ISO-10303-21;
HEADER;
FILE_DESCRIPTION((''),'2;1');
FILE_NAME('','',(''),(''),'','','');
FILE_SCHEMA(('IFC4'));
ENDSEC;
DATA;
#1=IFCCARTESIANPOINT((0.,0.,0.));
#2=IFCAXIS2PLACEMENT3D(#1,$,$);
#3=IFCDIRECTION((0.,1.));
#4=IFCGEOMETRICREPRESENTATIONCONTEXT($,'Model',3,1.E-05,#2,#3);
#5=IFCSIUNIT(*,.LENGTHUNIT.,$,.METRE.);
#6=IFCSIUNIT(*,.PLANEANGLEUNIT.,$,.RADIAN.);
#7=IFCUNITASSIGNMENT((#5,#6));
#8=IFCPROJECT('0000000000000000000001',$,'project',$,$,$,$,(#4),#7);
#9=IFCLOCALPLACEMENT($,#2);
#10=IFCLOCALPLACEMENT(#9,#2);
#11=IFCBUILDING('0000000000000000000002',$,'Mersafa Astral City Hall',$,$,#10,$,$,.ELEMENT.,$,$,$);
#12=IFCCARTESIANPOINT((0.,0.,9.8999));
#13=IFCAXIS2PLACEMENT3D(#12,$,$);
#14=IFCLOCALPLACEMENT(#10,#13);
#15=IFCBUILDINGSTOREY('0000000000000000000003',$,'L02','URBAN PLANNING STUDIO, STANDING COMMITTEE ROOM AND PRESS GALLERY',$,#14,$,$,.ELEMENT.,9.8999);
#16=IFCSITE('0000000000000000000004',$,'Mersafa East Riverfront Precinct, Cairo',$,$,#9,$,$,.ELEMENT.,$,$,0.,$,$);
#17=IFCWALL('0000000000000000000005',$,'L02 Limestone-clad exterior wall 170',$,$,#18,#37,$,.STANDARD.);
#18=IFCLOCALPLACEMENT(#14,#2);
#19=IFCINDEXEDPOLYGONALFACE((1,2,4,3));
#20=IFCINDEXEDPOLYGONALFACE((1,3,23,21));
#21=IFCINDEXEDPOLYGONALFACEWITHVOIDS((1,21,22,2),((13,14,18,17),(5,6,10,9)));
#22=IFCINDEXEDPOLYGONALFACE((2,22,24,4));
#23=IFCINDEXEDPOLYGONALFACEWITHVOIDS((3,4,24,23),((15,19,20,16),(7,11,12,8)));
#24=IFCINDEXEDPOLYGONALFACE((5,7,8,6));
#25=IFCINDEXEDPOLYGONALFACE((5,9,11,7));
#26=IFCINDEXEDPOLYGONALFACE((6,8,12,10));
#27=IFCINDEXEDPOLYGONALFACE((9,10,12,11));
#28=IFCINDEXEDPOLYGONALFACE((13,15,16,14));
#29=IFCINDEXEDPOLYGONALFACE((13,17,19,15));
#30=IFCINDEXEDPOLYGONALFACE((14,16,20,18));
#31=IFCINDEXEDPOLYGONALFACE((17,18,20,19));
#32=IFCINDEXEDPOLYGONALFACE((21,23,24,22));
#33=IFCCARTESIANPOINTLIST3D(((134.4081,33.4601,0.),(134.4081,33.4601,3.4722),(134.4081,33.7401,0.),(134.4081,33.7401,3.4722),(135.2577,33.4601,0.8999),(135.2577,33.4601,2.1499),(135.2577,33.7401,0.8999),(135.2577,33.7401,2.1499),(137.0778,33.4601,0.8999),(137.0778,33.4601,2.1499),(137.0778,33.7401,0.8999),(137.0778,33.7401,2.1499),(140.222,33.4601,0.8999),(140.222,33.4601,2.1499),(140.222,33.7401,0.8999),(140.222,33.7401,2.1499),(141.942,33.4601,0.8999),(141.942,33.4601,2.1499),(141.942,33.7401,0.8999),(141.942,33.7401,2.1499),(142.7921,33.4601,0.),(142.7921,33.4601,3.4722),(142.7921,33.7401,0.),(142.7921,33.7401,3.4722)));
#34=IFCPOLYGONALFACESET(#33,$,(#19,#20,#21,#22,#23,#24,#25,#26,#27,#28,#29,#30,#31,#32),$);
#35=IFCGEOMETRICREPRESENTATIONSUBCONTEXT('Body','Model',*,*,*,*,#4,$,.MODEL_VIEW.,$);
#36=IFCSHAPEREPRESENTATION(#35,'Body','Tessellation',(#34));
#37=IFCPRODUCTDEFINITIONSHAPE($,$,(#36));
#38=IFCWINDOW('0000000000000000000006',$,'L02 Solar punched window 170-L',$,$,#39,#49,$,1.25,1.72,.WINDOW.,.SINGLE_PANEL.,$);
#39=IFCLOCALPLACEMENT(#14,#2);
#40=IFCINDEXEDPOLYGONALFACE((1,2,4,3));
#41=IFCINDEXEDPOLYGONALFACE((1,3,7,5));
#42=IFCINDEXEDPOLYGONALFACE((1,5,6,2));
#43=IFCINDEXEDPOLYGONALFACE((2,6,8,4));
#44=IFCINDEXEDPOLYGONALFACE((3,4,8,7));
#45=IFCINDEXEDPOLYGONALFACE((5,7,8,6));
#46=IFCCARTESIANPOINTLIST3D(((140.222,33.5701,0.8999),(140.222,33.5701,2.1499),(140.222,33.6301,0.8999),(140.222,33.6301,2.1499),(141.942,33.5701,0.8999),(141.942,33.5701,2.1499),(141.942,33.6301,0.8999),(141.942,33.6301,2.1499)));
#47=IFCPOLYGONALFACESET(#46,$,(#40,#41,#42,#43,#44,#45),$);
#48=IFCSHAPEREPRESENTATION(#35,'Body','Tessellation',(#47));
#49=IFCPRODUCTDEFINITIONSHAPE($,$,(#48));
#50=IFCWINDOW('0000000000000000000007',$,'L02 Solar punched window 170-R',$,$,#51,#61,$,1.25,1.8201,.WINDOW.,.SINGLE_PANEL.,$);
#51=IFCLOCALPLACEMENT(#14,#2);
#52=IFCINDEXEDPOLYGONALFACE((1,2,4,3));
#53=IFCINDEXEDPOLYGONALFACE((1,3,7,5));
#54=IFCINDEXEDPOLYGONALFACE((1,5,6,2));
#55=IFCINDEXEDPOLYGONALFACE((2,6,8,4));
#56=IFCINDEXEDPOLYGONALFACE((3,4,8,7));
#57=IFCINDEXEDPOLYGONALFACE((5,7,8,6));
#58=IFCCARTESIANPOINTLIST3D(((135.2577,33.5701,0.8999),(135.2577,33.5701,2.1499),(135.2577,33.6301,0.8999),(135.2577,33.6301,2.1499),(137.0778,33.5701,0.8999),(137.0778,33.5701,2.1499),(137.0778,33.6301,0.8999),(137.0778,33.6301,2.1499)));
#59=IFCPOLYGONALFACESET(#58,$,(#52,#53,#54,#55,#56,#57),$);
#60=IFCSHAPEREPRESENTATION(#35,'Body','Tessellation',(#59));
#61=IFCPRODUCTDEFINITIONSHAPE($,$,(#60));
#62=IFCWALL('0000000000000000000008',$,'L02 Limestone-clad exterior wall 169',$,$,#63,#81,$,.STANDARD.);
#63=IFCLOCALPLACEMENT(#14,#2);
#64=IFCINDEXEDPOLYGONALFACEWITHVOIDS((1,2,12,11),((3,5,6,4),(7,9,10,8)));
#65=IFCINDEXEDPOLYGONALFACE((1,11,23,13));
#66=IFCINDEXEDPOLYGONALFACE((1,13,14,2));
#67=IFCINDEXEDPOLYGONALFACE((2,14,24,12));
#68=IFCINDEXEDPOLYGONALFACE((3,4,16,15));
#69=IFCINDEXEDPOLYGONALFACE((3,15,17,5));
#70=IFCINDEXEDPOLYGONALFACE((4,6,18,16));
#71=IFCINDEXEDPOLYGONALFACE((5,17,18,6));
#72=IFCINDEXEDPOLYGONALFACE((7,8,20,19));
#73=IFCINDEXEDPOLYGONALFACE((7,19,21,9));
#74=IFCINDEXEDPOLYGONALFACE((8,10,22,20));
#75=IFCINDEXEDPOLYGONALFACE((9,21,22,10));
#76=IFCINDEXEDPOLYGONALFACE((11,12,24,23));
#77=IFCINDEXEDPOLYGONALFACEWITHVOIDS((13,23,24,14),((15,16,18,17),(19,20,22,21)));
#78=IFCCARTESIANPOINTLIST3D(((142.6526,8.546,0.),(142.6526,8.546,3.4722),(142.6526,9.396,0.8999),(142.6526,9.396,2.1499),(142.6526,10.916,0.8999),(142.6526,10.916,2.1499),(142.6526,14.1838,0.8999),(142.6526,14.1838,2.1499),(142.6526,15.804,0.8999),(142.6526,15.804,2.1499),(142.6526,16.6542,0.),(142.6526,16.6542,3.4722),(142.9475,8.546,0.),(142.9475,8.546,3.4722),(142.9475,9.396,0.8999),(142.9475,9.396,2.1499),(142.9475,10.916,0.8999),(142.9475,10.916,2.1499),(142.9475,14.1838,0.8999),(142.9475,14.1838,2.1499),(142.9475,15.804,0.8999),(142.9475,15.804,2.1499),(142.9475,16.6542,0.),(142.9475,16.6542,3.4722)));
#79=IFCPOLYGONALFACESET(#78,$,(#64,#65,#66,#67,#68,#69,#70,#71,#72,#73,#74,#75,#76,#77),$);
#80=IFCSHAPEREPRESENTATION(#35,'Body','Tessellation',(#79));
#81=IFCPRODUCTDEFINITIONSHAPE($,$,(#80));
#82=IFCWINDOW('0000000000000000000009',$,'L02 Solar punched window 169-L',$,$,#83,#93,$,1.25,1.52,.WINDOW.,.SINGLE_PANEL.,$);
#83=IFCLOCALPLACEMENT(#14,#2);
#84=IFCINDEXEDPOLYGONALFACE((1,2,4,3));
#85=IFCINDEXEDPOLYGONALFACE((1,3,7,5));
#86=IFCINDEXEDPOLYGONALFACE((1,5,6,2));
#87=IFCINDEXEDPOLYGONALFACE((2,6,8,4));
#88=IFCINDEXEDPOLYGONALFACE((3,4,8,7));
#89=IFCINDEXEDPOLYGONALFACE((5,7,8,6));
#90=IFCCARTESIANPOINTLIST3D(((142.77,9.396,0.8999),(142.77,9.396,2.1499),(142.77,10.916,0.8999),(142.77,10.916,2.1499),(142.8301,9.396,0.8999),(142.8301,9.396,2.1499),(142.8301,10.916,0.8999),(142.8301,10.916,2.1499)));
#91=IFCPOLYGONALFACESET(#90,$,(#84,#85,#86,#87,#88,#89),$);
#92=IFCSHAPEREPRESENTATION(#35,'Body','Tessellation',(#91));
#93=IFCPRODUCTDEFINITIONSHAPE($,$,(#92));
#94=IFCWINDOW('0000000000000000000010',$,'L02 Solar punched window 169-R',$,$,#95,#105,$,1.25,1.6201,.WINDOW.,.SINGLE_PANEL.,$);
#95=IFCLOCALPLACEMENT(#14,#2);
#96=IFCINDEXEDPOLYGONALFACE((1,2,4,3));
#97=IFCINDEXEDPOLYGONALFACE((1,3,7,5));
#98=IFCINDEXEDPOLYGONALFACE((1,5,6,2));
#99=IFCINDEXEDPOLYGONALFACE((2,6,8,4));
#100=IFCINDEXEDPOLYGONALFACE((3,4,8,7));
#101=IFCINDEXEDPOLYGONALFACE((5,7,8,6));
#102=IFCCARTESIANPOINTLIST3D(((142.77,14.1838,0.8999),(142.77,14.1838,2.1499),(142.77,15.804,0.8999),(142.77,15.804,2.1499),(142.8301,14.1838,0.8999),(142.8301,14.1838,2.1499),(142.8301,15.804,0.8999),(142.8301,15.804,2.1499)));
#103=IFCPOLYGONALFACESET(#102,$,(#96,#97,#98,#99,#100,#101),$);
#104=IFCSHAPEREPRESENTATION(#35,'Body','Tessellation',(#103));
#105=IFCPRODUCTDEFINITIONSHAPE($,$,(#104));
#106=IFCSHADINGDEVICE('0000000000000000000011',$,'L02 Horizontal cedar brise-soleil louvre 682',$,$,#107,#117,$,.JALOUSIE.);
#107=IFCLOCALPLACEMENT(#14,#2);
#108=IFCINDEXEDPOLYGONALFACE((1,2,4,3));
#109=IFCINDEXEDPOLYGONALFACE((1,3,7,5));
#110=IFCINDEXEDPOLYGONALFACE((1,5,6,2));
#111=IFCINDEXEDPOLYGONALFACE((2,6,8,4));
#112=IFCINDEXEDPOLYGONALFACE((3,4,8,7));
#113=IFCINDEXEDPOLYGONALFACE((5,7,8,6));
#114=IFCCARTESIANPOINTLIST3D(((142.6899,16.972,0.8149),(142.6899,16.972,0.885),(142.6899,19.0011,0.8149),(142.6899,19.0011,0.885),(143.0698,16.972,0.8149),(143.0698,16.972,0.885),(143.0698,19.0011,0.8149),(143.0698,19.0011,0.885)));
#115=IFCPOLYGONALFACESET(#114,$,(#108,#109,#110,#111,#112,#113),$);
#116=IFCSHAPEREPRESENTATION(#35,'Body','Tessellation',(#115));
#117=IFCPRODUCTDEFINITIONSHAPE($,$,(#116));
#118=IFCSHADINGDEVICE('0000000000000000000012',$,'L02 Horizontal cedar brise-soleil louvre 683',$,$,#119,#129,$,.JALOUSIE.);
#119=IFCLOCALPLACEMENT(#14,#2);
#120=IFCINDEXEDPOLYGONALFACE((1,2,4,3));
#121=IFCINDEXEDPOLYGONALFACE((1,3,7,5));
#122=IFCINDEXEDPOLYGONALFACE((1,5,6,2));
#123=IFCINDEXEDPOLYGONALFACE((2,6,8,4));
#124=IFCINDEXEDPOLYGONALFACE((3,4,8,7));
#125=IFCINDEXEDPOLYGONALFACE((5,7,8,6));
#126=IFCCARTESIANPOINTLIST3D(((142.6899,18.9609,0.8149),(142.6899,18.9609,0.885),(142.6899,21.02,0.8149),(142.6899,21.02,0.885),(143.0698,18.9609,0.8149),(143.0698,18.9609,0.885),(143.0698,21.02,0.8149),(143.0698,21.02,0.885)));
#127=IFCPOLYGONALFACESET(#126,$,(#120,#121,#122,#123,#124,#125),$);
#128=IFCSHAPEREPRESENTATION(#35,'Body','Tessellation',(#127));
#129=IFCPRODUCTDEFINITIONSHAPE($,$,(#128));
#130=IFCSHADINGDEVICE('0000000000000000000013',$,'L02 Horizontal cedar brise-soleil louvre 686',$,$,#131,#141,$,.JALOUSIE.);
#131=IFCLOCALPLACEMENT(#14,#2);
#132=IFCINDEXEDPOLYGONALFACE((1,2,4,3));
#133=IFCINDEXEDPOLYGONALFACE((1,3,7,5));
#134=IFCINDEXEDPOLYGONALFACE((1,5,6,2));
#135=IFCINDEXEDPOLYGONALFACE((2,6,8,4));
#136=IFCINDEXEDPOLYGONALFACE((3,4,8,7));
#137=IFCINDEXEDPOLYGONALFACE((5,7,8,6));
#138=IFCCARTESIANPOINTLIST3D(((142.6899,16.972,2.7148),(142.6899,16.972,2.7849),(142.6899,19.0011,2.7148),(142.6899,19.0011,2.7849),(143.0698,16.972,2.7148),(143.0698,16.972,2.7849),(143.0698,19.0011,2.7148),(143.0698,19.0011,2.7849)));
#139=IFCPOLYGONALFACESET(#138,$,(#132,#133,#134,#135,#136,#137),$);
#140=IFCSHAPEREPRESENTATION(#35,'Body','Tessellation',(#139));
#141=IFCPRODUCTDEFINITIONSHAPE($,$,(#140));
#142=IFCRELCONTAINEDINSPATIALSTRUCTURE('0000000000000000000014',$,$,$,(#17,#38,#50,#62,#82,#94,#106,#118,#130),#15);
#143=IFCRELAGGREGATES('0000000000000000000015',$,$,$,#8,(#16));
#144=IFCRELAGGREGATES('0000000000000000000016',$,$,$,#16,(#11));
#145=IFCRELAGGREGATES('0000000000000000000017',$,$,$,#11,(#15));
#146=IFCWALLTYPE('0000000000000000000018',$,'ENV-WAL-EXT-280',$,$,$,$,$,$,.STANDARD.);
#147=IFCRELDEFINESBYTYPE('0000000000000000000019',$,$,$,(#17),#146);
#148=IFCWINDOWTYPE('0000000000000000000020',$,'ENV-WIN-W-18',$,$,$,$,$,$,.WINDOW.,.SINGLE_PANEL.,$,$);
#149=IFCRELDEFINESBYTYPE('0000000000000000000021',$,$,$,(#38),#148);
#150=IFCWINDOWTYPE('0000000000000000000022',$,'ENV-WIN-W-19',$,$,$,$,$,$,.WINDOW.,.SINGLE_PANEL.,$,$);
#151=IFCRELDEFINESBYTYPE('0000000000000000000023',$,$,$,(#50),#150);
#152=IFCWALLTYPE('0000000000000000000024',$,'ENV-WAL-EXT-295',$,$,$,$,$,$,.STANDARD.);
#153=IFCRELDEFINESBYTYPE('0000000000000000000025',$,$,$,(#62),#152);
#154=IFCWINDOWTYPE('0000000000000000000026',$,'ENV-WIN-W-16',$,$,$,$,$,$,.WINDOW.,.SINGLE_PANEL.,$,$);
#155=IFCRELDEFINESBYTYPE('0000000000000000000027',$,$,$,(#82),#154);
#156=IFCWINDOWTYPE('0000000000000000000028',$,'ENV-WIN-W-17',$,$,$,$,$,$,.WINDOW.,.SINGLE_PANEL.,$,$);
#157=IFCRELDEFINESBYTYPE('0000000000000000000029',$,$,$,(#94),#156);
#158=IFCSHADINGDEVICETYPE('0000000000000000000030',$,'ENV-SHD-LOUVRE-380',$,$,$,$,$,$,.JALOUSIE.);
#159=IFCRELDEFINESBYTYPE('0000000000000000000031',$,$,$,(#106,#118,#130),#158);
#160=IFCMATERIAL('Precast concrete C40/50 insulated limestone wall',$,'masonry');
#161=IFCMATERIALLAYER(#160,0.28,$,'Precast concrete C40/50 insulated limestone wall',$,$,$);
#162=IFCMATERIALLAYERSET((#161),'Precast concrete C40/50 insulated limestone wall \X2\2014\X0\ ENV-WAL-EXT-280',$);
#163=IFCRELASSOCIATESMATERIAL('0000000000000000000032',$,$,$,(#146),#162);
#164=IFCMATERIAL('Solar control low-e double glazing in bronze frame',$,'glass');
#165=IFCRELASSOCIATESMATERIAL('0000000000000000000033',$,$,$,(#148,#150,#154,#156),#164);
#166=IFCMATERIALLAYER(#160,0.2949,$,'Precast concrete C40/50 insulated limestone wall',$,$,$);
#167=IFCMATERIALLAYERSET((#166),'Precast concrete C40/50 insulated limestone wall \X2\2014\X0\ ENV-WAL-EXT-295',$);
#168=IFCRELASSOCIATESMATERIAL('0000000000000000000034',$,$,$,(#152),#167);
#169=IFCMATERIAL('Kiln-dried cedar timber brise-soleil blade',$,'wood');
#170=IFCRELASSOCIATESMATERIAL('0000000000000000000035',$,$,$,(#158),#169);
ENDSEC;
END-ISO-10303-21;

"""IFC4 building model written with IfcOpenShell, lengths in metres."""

from ifc_helpers import new_model, si_unit, direction, frame, frame_2d, origin, origin_2d, place, context, subcontext, project, spatial, rectangle, extrude, material, layer, layer_set, type_object, element, fill, save


model = new_model("IFC4")

# Units and contexts
model_context = context("Model", 3, precision=1e-05, world=origin(), true_north=direction((0.0, 1.0)))
body_context = subcontext(model_context, "Body", "Model", "MODEL_VIEW")
ifc_project = project(units=[si_unit("LENGTHUNIT", "METRE"), si_unit("PLANEANGLEUNIT", "RADIAN")], contexts=[model_context])

# Site, building, storey
site_placement = place(None, origin())
site = spatial("IfcSite", under=ifc_project, at=site_placement, Name="Mersafa East Riverfront Precinct, Cairo", CompositionType="ELEMENT", RefElevation=0.0)
building_placement = place(site_placement, origin())
building = spatial("IfcBuilding", under=site, at=building_placement, Name="Mersafa Astral City Hall", CompositionType="ELEMENT")
storey_placement = place(building_placement, frame((0.0, 0.0, 9.8999)))
storey = spatial("IfcBuildingStorey", under=building, at=storey_placement, Name="L02", Description="URBAN PLANNING STUDIO, STANDING COMMITTEE ROOM AND PRESS GALLERY", CompositionType="ELEMENT", Elevation=9.8999)

# Walls, openings, windows
ifc_material_1 = material(Name="Precast concrete C40/50 insulated limestone wall", Category="masonry")
ifc_layer_1 = layer(ifc_material_1, 0.28, Name="Precast concrete C40/50 insulated limestone wall")
ifc_layer_set_1 = layer_set([ifc_layer_1], Name="Precast concrete C40/50 insulated limestone wall — ENV-WAL-EXT-280")
wall_type_1 = type_object("IfcWallType", Name="ENV-WAL-EXT-280", PredefinedType="STANDARD", material=ifc_layer_set_1)
wall_1_placement = place(storey_placement, frame((142.792, 33.6001, 0.0), z_axis=(0.0, 0.0, 1.0), x_axis=(-1.0, 0.0, 0.0)))
wall_1 = element("IfcWall", 1, at=wall_1_placement, inside=storey, type_object=wall_type_1, Name="L02 Limestone-clad exterior wall 170", PredefinedType="STANDARD", context=body_context, shape_type="SweptSolid", body=[
    extrude(rectangle(XDim=8.384, YDim=0.28, at=frame_2d((4.1919, 0.0))), origin(), (0.0, 0.0, 1.0), 3.4722),
])
opening_1_placement = place(wall_1_placement, frame((0.8501, 0.0, 0.8999)))
opening_1 = element("IfcOpeningElement", 2, at=opening_1_placement, cuts=wall_1, PredefinedType="OPENING", context=body_context, shape_type="SweptSolid", body=[
    extrude(rectangle(XDim=1.72, YDim=1.25, at=frame_2d((0.8599, 0.625))), frame((0.0, 0.1499, 0.0), z_axis=(0.0, -1.0, 0.0), x_axis=(1.0, 0.0, 0.0)), (0.0, 0.0, 1.0), 0.3),
])
opening_2_placement = place(wall_1_placement, frame((5.7141, 0.0, 0.8999)))
opening_2 = element("IfcOpeningElement", 3, at=opening_2_placement, cuts=wall_1, PredefinedType="OPENING", context=body_context, shape_type="SweptSolid", body=[
    extrude(rectangle(XDim=1.8201, YDim=1.25, at=frame_2d((0.9102, 0.625))), frame((0.0, 0.1499, 0.0), z_axis=(0.0, -1.0, 0.0), x_axis=(1.0, 0.0, 0.0)), (0.0, 0.0, 1.0), 0.3),
])
ifc_material_2 = material(Name="Solar control low-e double glazing in bronze frame", Category="glass")
window_type_1 = type_object("IfcWindowType", Name="ENV-WIN-W-18", PartitioningType="SINGLE_PANEL", PredefinedType="WINDOW", material=ifc_material_2)
window_1_placement = place(opening_1_placement, origin())
window_1 = element("IfcWindow", 4, at=window_1_placement, inside=storey, type_object=window_type_1, Name="L02 Solar punched window 170-L", OverallHeight=1.25, OverallWidth=1.72, PartitioningType="SINGLE_PANEL", PredefinedType="WINDOW", context=body_context, shape_type="SweptSolid", body=[
    extrude(rectangle(XDim=1.72, YDim=1.25, at=frame_2d((0.8599, 0.625))), frame((0.0, 0.03, 0.0), z_axis=(0.0, -1.0, 0.0), x_axis=(1.0, 0.0, 0.0)), (0.0, 0.0, 1.0), 0.0601),
])
fill(opening_1, window_1)
window_type_2 = type_object("IfcWindowType", Name="ENV-WIN-W-19", PartitioningType="SINGLE_PANEL", PredefinedType="WINDOW", material=ifc_material_2)
window_2_placement = place(opening_2_placement, origin())
window_2 = element("IfcWindow", 5, at=window_2_placement, inside=storey, type_object=window_type_2, Name="L02 Solar punched window 170-R", OverallHeight=1.25, OverallWidth=1.8201, PartitioningType="SINGLE_PANEL", PredefinedType="WINDOW", context=body_context, shape_type="SweptSolid", body=[
    extrude(rectangle(XDim=1.8201, YDim=1.25, at=frame_2d((0.9102, 0.625))), frame((0.0, 0.03, 0.0), z_axis=(0.0, -1.0, 0.0), x_axis=(1.0, 0.0, 0.0)), (0.0, 0.0, 1.0), 0.0601),
])
fill(opening_2, window_2)
ifc_layer_2 = layer(ifc_material_1, 0.2949, Name="Precast concrete C40/50 insulated limestone wall")
ifc_layer_set_2 = layer_set([ifc_layer_2], Name="Precast concrete C40/50 insulated limestone wall — ENV-WAL-EXT-295")
wall_type_2 = type_object("IfcWallType", Name="ENV-WAL-EXT-295", PredefinedType="STANDARD", material=ifc_layer_set_2)
wall_2_placement = place(storey_placement, frame((142.8, 8.5459, 0.0), z_axis=(0.0, 0.0, 1.0), x_axis=(0.0, 1.0, 0.0)))
wall_2 = element("IfcWall", 6, at=wall_2_placement, inside=storey, type_object=wall_type_2, Name="L02 Limestone-clad exterior wall 169", PredefinedType="STANDARD", context=body_context, shape_type="SweptSolid", body=[
    extrude(rectangle(XDim=8.1082, YDim=0.2949, at=frame_2d((4.0542, 0.0))), origin(), (0.0, 0.0, 1.0), 3.4722),
])
opening_3_placement = place(wall_2_placement, frame((0.8501, 0.0, 0.8999)))
opening_3 = element("IfcOpeningElement", 7, at=opening_3_placement, cuts=wall_2, PredefinedType="OPENING", context=body_context, shape_type="SweptSolid", body=[
    extrude(rectangle(XDim=1.52, YDim=1.25, at=frame_2d((0.76, 0.625))), frame((0.0, 0.1575, 0.0), z_axis=(0.0, -1.0, 0.0), x_axis=(1.0, 0.0, 0.0)), (0.0, 0.0, 1.0), 0.3149),
])
opening_4_placement = place(wall_2_placement, frame((5.6379, 0.0, 0.8999)))
opening_4 = element("IfcOpeningElement", 8, at=opening_4_placement, cuts=wall_2, PredefinedType="OPENING", context=body_context, shape_type="SweptSolid", body=[
    extrude(rectangle(XDim=1.6201, YDim=1.25, at=frame_2d((0.8101, 0.625))), frame((0.0, 0.1575, 0.0), z_axis=(0.0, -1.0, 0.0), x_axis=(1.0, 0.0, 0.0)), (0.0, 0.0, 1.0), 0.3149),
])
window_type_3 = type_object("IfcWindowType", Name="ENV-WIN-W-16", PartitioningType="SINGLE_PANEL", PredefinedType="WINDOW", material=ifc_material_2)
window_3_placement = place(opening_3_placement, origin())
window_3 = element("IfcWindow", 9, at=window_3_placement, inside=storey, type_object=window_type_3, Name="L02 Solar punched window 169-L", OverallHeight=1.25, OverallWidth=1.52, PartitioningType="SINGLE_PANEL", PredefinedType="WINDOW", context=body_context, shape_type="SweptSolid", body=[
    extrude(rectangle(XDim=1.52, YDim=1.25, at=frame_2d((0.76, 0.625))), frame((0.0, 0.03, 0.0), z_axis=(0.0, -1.0, 0.0), x_axis=(1.0, 0.0, 0.0)), (0.0, 0.0, 1.0), 0.0601),
])
fill(opening_3, window_3)
window_type_4 = type_object("IfcWindowType", Name="ENV-WIN-W-17", PartitioningType="SINGLE_PANEL", PredefinedType="WINDOW", material=ifc_material_2)
window_4_placement = place(opening_4_placement, origin())
window_4 = element("IfcWindow", 10, at=window_4_placement, inside=storey, type_object=window_type_4, Name="L02 Solar punched window 169-R", OverallHeight=1.25, OverallWidth=1.6201, PartitioningType="SINGLE_PANEL", PredefinedType="WINDOW", context=body_context, shape_type="SweptSolid", body=[
    extrude(rectangle(XDim=1.6201, YDim=1.25, at=frame_2d((0.8101, 0.625))), frame((0.0, 0.03, 0.0), z_axis=(0.0, -1.0, 0.0), x_axis=(1.0, 0.0, 0.0)), (0.0, 0.0, 1.0), 0.0601),
])
fill(opening_4, window_4)

# Shading devices
ifc_material_3 = material(Name="Kiln-dried cedar timber brise-soleil blade", Category="wood")
shading_device_type = type_object("IfcShadingDeviceType", Name="ENV-SHD-LOUVRE-380", PredefinedType="JALOUSIE", material=ifc_material_3)
shading_device_1_placement = place(storey_placement, frame((142.8799, 17.9866, 0.8149), z_axis=(0.0, 0.0, 1.0), x_axis=(0.0, 1.0, 0.0)))
element("IfcShadingDevice", 11, at=shading_device_1_placement, inside=storey, type_object=shading_device_type, Name="L02 Horizontal cedar brise-soleil louvre 682", PredefinedType="JALOUSIE", context=body_context, shape_type="SweptSolid", body=[
    extrude(rectangle(XDim=2.0291, YDim=0.3799, at=origin_2d()), origin(), (0.0, 0.0, 1.0), 0.0701),
])
shading_device_2_placement = place(storey_placement, frame((142.8799, 19.9905, 0.8149), z_axis=(0.0, 0.0, 1.0), x_axis=(0.0, 1.0, 0.0)))
element("IfcShadingDevice", 12, at=shading_device_2_placement, inside=storey, type_object=shading_device_type, Name="L02 Horizontal cedar brise-soleil louvre 683", PredefinedType="JALOUSIE", context=body_context, shape_type="SweptSolid", body=[
    extrude(rectangle(XDim=2.0591, YDim=0.3799, at=origin_2d()), origin(), (0.0, 0.0, 1.0), 0.0701),
])
shading_device_3_placement = place(storey_placement, frame((142.8799, 17.9866, 2.7148), z_axis=(0.0, 0.0, 1.0), x_axis=(0.0, 1.0, 0.0)))
element("IfcShadingDevice", 13, at=shading_device_3_placement, inside=storey, type_object=shading_device_type, Name="L02 Horizontal cedar brise-soleil louvre 686", PredefinedType="JALOUSIE", context=body_context, shape_type="SweptSolid", body=[
    extrude(rectangle(XDim=2.0291, YDim=0.3799, at=origin_2d()), origin(), (0.0, 0.0, 1.0), 0.0701),
])

save(model, "model.ifc")
